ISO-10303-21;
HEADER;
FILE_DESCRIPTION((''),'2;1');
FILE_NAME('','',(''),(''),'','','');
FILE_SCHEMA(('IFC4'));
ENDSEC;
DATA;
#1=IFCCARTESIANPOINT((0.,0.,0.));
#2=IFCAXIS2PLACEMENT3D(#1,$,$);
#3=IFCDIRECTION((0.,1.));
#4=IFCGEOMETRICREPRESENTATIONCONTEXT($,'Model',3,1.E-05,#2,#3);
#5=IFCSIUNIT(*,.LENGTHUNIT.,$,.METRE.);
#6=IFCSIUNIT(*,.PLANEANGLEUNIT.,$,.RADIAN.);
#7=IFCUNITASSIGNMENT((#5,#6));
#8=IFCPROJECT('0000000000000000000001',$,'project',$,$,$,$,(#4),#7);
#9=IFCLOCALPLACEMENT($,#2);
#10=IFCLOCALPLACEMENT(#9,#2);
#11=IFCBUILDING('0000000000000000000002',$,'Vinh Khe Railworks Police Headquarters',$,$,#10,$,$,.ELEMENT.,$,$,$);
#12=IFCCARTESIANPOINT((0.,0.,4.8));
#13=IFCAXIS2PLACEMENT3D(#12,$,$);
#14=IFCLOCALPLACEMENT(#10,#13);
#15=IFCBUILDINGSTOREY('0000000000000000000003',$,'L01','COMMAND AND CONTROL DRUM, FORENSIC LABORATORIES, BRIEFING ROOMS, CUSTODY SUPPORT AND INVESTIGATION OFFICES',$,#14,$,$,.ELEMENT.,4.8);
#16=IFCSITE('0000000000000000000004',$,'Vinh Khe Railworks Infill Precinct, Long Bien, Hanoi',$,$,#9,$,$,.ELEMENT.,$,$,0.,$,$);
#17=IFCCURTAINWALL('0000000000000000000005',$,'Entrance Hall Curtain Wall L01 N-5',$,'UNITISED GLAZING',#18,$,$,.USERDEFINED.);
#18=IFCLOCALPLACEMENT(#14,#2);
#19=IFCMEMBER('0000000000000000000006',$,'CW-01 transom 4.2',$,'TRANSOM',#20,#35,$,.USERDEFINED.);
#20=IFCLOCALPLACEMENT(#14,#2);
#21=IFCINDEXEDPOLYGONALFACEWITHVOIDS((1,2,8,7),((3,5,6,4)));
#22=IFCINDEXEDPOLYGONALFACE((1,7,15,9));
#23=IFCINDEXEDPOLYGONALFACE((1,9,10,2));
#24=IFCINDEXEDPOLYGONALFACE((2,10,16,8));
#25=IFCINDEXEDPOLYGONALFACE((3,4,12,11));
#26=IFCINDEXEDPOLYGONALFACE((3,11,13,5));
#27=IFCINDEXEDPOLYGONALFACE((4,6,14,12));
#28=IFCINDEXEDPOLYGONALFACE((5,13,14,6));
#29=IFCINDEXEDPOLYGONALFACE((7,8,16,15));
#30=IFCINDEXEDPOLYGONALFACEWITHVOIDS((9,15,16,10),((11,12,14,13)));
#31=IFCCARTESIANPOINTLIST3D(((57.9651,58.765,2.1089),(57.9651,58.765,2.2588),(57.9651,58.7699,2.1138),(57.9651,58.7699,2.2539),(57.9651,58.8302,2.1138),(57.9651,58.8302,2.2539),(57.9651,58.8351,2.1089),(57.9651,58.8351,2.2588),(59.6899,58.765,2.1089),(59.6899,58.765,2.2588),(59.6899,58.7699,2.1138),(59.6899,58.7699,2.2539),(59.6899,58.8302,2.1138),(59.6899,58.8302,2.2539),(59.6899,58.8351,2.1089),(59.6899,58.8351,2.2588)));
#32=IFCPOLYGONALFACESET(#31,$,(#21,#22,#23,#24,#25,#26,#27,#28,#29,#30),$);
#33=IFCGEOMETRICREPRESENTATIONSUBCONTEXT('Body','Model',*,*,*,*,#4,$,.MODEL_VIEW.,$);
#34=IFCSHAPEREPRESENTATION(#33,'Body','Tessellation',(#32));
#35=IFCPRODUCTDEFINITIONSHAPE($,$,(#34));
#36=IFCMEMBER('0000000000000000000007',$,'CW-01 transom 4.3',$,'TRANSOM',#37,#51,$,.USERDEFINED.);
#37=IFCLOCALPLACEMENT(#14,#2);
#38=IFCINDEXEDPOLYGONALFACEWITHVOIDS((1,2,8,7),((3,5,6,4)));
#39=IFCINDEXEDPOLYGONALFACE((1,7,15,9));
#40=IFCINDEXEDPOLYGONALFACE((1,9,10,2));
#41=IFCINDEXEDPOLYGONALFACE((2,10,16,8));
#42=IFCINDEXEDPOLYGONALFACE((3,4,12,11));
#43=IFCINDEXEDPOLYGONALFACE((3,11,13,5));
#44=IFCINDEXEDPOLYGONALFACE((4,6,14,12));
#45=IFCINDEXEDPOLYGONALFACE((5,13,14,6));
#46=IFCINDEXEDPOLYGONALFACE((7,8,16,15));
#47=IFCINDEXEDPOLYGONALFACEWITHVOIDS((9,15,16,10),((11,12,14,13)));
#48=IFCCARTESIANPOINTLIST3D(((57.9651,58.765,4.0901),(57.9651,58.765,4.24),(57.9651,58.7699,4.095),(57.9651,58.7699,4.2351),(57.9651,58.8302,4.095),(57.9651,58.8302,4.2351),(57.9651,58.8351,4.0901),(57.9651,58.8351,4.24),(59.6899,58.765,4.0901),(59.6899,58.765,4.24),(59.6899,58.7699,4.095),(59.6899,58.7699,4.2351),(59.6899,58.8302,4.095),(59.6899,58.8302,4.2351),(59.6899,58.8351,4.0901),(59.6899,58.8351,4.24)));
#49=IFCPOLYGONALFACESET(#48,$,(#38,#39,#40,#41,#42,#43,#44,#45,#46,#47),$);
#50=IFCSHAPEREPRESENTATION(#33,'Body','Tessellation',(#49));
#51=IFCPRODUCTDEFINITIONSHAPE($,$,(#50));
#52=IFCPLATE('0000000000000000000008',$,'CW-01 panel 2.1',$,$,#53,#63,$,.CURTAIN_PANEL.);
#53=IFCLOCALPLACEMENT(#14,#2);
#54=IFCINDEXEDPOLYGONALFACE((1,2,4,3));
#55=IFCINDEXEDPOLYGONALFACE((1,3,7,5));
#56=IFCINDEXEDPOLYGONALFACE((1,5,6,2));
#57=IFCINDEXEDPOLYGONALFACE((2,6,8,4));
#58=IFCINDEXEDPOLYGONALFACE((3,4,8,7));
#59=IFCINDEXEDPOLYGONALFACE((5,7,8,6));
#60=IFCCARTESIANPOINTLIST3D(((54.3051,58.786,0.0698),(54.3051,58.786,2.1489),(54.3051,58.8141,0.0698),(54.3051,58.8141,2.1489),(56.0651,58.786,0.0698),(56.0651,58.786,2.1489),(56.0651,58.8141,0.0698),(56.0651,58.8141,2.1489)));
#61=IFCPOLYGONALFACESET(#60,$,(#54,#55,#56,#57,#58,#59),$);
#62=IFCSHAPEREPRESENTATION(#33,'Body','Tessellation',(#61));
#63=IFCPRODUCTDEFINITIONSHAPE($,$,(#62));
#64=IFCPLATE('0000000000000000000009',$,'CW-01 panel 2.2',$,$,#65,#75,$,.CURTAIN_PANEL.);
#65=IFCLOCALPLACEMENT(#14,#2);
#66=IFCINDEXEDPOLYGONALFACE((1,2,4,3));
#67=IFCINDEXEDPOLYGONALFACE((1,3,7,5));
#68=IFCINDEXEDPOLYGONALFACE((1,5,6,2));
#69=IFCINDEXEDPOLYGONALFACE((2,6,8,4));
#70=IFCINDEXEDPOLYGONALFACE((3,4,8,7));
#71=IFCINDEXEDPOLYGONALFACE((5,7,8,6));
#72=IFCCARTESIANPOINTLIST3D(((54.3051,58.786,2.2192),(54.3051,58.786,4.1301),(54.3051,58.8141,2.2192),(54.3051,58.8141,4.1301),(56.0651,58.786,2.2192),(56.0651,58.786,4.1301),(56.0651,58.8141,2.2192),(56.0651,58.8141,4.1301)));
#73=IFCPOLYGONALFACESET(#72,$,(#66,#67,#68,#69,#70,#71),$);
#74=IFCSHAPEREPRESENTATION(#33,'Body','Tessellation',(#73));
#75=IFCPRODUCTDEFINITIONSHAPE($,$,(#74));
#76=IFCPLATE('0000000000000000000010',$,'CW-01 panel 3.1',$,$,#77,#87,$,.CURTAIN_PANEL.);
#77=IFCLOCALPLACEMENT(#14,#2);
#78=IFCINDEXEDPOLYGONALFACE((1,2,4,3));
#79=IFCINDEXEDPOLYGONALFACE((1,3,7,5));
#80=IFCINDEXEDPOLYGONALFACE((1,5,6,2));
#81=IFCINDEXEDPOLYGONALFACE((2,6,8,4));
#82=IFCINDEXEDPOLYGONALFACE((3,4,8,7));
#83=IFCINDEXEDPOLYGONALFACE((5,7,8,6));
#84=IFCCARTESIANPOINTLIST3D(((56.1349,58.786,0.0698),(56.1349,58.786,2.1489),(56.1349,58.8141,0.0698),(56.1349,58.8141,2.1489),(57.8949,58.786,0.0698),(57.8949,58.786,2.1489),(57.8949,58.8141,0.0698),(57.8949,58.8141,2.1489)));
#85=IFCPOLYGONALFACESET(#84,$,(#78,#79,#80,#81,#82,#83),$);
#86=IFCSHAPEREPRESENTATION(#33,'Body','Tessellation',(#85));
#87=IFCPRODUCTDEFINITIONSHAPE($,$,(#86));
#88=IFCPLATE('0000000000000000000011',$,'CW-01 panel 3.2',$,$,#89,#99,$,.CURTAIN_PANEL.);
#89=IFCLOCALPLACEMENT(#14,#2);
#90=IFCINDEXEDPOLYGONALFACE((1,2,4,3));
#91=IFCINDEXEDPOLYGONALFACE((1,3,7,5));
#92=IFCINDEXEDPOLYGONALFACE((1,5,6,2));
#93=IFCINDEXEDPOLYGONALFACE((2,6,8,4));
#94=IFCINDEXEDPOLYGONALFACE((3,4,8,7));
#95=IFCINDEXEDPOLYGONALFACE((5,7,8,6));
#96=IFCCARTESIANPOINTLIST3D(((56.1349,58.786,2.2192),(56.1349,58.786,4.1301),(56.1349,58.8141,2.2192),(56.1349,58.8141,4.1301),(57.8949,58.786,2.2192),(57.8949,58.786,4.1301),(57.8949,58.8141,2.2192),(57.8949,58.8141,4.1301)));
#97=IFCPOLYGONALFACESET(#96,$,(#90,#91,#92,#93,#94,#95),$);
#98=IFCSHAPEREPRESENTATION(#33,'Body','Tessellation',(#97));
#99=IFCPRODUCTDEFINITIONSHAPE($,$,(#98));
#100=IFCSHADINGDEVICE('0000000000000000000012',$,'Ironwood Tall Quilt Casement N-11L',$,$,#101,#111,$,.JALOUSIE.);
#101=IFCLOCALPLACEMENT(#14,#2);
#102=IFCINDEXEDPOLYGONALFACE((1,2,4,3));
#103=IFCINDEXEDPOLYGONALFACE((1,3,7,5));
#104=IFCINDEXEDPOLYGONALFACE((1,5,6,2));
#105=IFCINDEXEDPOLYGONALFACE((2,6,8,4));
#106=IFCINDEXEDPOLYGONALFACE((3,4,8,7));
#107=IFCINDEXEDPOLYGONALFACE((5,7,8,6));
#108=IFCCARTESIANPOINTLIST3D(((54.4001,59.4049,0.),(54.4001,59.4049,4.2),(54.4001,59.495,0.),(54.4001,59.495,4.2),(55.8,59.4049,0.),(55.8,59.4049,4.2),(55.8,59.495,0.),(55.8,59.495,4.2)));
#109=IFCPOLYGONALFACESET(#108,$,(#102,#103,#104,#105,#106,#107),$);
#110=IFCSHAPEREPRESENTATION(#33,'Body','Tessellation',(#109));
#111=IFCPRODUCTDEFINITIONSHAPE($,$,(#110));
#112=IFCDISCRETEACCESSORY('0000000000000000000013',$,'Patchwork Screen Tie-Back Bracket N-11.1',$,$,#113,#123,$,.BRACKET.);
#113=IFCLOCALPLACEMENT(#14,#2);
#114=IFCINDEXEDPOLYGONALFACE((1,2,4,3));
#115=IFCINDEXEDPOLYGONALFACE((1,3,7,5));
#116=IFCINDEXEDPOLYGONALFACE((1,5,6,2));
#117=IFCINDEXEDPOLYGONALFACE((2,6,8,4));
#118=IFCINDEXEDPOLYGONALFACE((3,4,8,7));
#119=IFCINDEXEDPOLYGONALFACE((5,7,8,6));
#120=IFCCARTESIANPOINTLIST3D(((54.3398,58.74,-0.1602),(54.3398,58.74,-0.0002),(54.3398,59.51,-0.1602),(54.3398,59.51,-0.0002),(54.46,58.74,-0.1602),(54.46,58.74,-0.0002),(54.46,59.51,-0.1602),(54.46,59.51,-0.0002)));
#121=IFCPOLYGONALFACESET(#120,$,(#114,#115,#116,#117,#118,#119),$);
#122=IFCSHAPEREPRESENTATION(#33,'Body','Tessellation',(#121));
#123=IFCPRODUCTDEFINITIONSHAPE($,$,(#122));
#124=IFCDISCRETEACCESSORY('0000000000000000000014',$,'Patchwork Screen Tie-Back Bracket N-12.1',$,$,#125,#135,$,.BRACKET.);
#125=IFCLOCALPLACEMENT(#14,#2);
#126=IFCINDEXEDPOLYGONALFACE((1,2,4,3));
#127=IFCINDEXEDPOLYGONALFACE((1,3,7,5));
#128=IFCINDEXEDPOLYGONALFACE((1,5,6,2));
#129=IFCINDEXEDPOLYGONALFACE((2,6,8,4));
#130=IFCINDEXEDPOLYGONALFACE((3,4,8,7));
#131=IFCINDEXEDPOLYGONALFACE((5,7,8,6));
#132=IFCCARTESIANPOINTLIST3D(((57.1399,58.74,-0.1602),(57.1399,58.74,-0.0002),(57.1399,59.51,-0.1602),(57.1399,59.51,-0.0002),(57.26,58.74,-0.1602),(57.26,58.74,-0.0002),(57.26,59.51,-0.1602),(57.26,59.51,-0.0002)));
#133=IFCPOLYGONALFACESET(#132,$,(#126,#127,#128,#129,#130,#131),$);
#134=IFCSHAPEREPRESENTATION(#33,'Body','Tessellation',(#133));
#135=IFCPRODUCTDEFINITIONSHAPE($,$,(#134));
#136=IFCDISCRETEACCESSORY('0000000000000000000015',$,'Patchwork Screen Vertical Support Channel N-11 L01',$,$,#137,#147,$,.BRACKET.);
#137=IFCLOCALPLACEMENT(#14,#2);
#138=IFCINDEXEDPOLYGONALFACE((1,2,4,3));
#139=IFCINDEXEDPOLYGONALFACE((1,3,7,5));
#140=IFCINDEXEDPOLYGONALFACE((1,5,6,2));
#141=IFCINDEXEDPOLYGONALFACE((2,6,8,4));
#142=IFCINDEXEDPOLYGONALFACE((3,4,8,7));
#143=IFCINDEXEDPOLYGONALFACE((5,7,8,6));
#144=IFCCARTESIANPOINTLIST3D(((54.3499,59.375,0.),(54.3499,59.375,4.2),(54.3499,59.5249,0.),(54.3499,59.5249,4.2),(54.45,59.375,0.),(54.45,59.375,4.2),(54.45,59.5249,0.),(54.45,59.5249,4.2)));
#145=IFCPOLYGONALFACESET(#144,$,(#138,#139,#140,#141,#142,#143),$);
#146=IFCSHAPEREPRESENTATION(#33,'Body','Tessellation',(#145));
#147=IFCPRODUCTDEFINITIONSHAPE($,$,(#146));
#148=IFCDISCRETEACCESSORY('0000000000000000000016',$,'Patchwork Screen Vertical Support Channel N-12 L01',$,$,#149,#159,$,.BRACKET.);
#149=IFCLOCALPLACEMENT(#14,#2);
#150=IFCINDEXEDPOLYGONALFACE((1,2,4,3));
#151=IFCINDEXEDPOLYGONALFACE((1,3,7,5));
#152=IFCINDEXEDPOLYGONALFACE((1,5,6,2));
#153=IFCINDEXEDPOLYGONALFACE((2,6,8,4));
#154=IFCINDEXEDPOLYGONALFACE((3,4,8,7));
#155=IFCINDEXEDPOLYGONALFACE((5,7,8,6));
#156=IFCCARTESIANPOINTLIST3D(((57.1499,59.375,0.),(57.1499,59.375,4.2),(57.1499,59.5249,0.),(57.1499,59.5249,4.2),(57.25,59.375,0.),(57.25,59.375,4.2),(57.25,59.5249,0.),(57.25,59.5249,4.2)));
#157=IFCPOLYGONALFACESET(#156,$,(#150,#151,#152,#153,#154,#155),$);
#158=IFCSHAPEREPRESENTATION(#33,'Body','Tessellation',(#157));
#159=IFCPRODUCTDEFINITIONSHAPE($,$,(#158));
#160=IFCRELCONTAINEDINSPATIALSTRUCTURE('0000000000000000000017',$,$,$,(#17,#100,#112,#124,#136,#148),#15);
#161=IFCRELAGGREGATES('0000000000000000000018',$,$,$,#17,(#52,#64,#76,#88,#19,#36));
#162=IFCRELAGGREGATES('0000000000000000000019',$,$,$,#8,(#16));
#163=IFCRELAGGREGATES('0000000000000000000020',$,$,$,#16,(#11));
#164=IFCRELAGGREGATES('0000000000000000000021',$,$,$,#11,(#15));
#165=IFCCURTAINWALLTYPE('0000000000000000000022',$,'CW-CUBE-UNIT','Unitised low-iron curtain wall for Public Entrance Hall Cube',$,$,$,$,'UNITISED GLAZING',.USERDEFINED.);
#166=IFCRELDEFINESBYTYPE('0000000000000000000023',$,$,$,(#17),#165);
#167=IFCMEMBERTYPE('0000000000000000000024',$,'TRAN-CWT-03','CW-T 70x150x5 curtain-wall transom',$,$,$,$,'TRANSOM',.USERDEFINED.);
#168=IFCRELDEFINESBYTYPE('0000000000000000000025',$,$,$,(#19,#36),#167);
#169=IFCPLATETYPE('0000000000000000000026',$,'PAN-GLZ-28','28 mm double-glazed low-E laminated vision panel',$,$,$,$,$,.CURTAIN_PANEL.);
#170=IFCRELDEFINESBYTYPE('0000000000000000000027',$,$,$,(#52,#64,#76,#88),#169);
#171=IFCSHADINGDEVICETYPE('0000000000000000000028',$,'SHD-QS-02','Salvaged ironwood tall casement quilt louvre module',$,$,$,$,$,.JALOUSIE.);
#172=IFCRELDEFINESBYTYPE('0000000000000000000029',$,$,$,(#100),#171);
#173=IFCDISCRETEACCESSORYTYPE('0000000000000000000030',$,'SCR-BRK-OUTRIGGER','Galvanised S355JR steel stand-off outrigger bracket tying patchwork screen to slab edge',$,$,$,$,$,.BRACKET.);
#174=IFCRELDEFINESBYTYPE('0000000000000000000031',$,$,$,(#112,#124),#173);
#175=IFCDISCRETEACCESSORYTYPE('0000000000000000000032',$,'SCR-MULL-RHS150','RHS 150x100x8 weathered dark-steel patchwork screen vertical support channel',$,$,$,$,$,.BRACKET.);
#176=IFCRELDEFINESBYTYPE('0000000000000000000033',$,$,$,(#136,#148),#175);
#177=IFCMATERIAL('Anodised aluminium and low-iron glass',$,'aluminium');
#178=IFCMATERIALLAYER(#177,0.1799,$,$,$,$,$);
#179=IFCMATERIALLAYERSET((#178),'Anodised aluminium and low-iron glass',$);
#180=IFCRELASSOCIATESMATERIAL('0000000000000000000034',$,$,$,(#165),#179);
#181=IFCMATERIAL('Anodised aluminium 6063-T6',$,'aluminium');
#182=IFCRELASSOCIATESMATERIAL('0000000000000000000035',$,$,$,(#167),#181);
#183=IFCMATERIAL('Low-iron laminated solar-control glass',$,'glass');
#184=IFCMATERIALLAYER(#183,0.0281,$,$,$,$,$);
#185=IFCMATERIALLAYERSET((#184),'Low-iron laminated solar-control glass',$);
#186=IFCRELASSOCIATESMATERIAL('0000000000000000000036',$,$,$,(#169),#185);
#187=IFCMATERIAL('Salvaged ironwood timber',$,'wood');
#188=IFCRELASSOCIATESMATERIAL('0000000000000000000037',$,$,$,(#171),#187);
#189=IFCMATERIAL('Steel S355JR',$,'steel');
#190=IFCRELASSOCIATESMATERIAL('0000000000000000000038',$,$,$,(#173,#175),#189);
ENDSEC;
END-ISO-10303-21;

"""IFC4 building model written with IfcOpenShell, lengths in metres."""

from ifc_helpers import new_model, si_unit, direction, frame, origin, origin_2d, place, context, subcontext, project, spatial, rectangle, hollow_rectangle, extrude, material, layer, layer_set, material_profile, profile_set, type_object, element, aggregate, save


model = new_model("IFC4")

# Units and contexts
model_context = context("Model", 3, precision=1e-05, world=origin(), true_north=direction((0.0, 1.0)))
body_context = subcontext(model_context, "Body", "Model", "MODEL_VIEW")
ifc_project = project(units=[si_unit("LENGTHUNIT", "METRE"), si_unit("PLANEANGLEUNIT", "RADIAN")], contexts=[model_context])

# Site, building, storey
site_placement = place(None, origin())
site = spatial("IfcSite", under=ifc_project, at=site_placement, Name="Vinh Khe Railworks Infill Precinct, Long Bien, Hanoi", CompositionType="ELEMENT", RefElevation=0.0)
building_placement = place(site_placement, origin())
building = spatial("IfcBuilding", under=site, at=building_placement, Name="Vinh Khe Railworks Police Headquarters", CompositionType="ELEMENT")
storey_placement = place(building_placement, frame((0.0, 0.0, 4.8)))
storey = spatial("IfcBuildingStorey", under=building, at=storey_placement, Name="L01", Description="COMMAND AND CONTROL DRUM, FORENSIC LABORATORIES, BRIEFING ROOMS, CUSTODY SUPPORT AND INVESTIGATION OFFICES", CompositionType="ELEMENT", Elevation=4.8)

# Shared definitions
ifc_material_1 = material(Name="Steel S355JR", Category="steel")

# Shared definitions
ifc_material_2 = material(Name="Salvaged ironwood timber", Category="wood")

# Curtain wall, members, plates
ifc_material_3 = material(Name="Anodised aluminium and low-iron glass", Category="aluminium")
ifc_layer_1 = layer(ifc_material_3, 0.1799)
ifc_layer_set_1 = layer_set([ifc_layer_1], Name="Anodised aluminium and low-iron glass")
curtain_wall_type = type_object("IfcCurtainWallType", Name="CW-CUBE-UNIT", Description="Unitised low-iron curtain wall for Public Entrance Hall Cube", ElementType="UNITISED GLAZING", PredefinedType="USERDEFINED", material=ifc_layer_set_1)
curtain_wall_placement = place(storey_placement, origin())
curtain_wall = element("IfcCurtainWall", 1, at=curtain_wall_placement, inside=storey, type_object=curtain_wall_type, Name="Entrance Hall Curtain Wall L01 N-5", ObjectType="UNITISED GLAZING", PredefinedType="USERDEFINED")
ifc_material_4 = material(Name="Anodised aluminium 6063-T6", Category="aluminium")
ifc_material_profile_1 = material_profile(ifc_material_4, hollow_rectangle(XDim=0.0701, YDim=0.1499, WallThickness=0.0049, at=origin_2d()), Name="CW-T 70x150x5")
ifc_profile_set_1 = profile_set([ifc_material_profile_1], Name="Anodised aluminium 6063-T6")
member_type_1 = type_object("IfcMemberType", Name="TRAN-CWT-03", Description="CW-T 70x150x5 curtain-wall transom", ElementType="TRANSOM", PredefinedType="USERDEFINED", material=ifc_profile_set_1)
member_1_placement = place(storey_placement, frame((57.9651, 58.8, 2.1838), z_axis=(1.0, 0.0, 0.0), x_axis=(0.0, 1.0, 0.0)))
member_1 = element("IfcMember", 2, at=member_1_placement, type_object=member_type_1, Name="CW-01 transom 4.2", ObjectType="TRANSOM", PredefinedType="USERDEFINED", context=body_context, shape_type="SweptSolid", body=[
    extrude(hollow_rectangle(XDim=0.0701, YDim=0.1499, WallThickness=0.0049, at=origin_2d()), origin(), (0.0, 0.0, 1.0), 1.7249),
])
member_2_placement = place(storey_placement, frame((57.9651, 58.8, 4.165), z_axis=(1.0, 0.0, 0.0), x_axis=(0.0, 1.0, 0.0)))
member_2 = element("IfcMember", 3, at=member_2_placement, type_object=member_type_1, Name="CW-01 transom 4.3", ObjectType="TRANSOM", PredefinedType="USERDEFINED", context=body_context, shape_type="SweptSolid", body=[
    extrude(hollow_rectangle(XDim=0.0701, YDim=0.1499, WallThickness=0.0049, at=origin_2d()), origin(), (0.0, 0.0, 1.0), 1.7249),
])
ifc_material_5 = material(Name="Low-iron laminated solar-control glass", Category="glass")
ifc_layer_2 = layer(ifc_material_5, 0.0281)
ifc_layer_set_2 = layer_set([ifc_layer_2], Name="Low-iron laminated solar-control glass")
plate_type = type_object("IfcPlateType", Name="PAN-GLZ-28", Description="28 mm double-glazed low-E laminated vision panel", PredefinedType="CURTAIN_PANEL", material=ifc_layer_set_2)
plate_1_placement = place(storey_placement, frame((55.1851, 58.8, 0.0698), z_axis=(0.0, 0.0, 1.0), x_axis=(1.0, 0.0, 0.0)))
plate_1 = element("IfcPlate", 4, at=plate_1_placement, type_object=plate_type, Name="CW-01 panel 2.1", PredefinedType="CURTAIN_PANEL", context=body_context, shape_type="SweptSolid", body=[
    extrude(rectangle(XDim=1.76, YDim=0.0281, at=origin_2d()), origin(), (0.0, 0.0, 1.0), 2.0791),
])
plate_2_placement = place(storey_placement, frame((55.1851, 58.8, 2.2192), z_axis=(0.0, 0.0, 1.0), x_axis=(1.0, 0.0, 0.0)))
plate_2 = element("IfcPlate", 5, at=plate_2_placement, type_object=plate_type, Name="CW-01 panel 2.2", PredefinedType="CURTAIN_PANEL", context=body_context, shape_type="SweptSolid", body=[
    extrude(rectangle(XDim=1.76, YDim=0.0281, at=origin_2d()), origin(), (0.0, 0.0, 1.0), 1.9109),
])
plate_3_placement = place(storey_placement, frame((57.0149, 58.8, 0.0698), z_axis=(0.0, 0.0, 1.0), x_axis=(1.0, 0.0, 0.0)))
plate_3 = element("IfcPlate", 6, at=plate_3_placement, type_object=plate_type, Name="CW-01 panel 3.1", PredefinedType="CURTAIN_PANEL", context=body_context, shape_type="SweptSolid", body=[
    extrude(rectangle(XDim=1.76, YDim=0.0281, at=origin_2d()), origin(), (0.0, 0.0, 1.0), 2.0791),
])
plate_4_placement = place(storey_placement, frame((57.0149, 58.8, 2.2192), z_axis=(0.0, 0.0, 1.0), x_axis=(1.0, 0.0, 0.0)))
plate_4 = element("IfcPlate", 7, at=plate_4_placement, type_object=plate_type, Name="CW-01 panel 3.2", PredefinedType="CURTAIN_PANEL", context=body_context, shape_type="SweptSolid", body=[
    extrude(rectangle(XDim=1.76, YDim=0.0281, at=origin_2d()), origin(), (0.0, 0.0, 1.0), 1.9109),
])
aggregate(curtain_wall, [plate_1, plate_2, plate_3, plate_4, member_1, member_2])

# Shading device
shading_device_type = type_object("IfcShadingDeviceType", Name="SHD-QS-02", Description="Salvaged ironwood tall casement quilt louvre module", PredefinedType="JALOUSIE", material=ifc_material_2)
shading_device_placement = place(storey_placement, frame((55.1001, 59.45, 0.0), z_axis=(0.0, 0.0, 1.0), x_axis=(1.0, 0.0, 0.0)))
element("IfcShadingDevice", 8, at=shading_device_placement, inside=storey, type_object=shading_device_type, Name="Ironwood Tall Quilt Casement N-11L", PredefinedType="JALOUSIE", context=body_context, shape_type="SweptSolid", body=[
    extrude(rectangle(XDim=1.3999, YDim=0.0901, at=origin_2d()), origin(), (0.0, 0.0, 1.0), 4.2),
])

# Discrete accessories
discrete_accessory_type_1 = type_object("IfcDiscreteAccessoryType", Name="SCR-BRK-OUTRIGGER", Description="Galvanised S355JR steel stand-off outrigger bracket tying patchwork screen to slab edge", PredefinedType="BRACKET", material=ifc_material_1)
for number, where, z_axis, x_axis, name in (
    (9, (54.3999, 59.125, -0.1602), (0.0, 0.0, 1.0), (1.0, 0.0, 0.0), "Patchwork Screen Tie-Back Bracket N-11.1"),
    (10, (57.2, 59.125, -0.1602), (0.0, 0.0, 1.0), (1.0, 0.0, 0.0), "Patchwork Screen Tie-Back Bracket N-12.1"),
):
    element("IfcDiscreteAccessory", number, at=place(storey_placement, frame(where, z_axis=z_axis, x_axis=x_axis)), inside=storey, type_object=discrete_accessory_type_1, Name=name, PredefinedType="BRACKET", context=body_context, shape_type="SweptSolid", body=[
        extrude(rectangle(XDim=0.1201, YDim=0.77, at=origin_2d()), origin(), (0.0, 0.0, 1.0), 0.1599),
    ])
discrete_accessory_type_2 = type_object("IfcDiscreteAccessoryType", Name="SCR-MULL-RHS150", Description="RHS 150x100x8 weathered dark-steel patchwork screen vertical support channel", PredefinedType="BRACKET", material=ifc_material_1)
for number, where, z_axis, x_axis, name in (
    (11, (54.3999, 59.45, 0.0), (0.0, 0.0, 1.0), (1.0, 0.0, 0.0), "Patchwork Screen Vertical Support Channel N-11 L01"),
    (12, (57.2, 59.45, 0.0), (0.0, 0.0, 1.0), (1.0, 0.0, 0.0), "Patchwork Screen Vertical Support Channel N-12 L01"),
):
    element("IfcDiscreteAccessory", number, at=place(storey_placement, frame(where, z_axis=z_axis, x_axis=x_axis)), inside=storey, type_object=discrete_accessory_type_2, Name=name, PredefinedType="BRACKET", context=body_context, shape_type="SweptSolid", body=[
        extrude(rectangle(XDim=0.1001, YDim=0.1499, at=origin_2d()), origin(), (0.0, 0.0, 1.0), 4.2),
    ])

save(model, "model.ifc")
